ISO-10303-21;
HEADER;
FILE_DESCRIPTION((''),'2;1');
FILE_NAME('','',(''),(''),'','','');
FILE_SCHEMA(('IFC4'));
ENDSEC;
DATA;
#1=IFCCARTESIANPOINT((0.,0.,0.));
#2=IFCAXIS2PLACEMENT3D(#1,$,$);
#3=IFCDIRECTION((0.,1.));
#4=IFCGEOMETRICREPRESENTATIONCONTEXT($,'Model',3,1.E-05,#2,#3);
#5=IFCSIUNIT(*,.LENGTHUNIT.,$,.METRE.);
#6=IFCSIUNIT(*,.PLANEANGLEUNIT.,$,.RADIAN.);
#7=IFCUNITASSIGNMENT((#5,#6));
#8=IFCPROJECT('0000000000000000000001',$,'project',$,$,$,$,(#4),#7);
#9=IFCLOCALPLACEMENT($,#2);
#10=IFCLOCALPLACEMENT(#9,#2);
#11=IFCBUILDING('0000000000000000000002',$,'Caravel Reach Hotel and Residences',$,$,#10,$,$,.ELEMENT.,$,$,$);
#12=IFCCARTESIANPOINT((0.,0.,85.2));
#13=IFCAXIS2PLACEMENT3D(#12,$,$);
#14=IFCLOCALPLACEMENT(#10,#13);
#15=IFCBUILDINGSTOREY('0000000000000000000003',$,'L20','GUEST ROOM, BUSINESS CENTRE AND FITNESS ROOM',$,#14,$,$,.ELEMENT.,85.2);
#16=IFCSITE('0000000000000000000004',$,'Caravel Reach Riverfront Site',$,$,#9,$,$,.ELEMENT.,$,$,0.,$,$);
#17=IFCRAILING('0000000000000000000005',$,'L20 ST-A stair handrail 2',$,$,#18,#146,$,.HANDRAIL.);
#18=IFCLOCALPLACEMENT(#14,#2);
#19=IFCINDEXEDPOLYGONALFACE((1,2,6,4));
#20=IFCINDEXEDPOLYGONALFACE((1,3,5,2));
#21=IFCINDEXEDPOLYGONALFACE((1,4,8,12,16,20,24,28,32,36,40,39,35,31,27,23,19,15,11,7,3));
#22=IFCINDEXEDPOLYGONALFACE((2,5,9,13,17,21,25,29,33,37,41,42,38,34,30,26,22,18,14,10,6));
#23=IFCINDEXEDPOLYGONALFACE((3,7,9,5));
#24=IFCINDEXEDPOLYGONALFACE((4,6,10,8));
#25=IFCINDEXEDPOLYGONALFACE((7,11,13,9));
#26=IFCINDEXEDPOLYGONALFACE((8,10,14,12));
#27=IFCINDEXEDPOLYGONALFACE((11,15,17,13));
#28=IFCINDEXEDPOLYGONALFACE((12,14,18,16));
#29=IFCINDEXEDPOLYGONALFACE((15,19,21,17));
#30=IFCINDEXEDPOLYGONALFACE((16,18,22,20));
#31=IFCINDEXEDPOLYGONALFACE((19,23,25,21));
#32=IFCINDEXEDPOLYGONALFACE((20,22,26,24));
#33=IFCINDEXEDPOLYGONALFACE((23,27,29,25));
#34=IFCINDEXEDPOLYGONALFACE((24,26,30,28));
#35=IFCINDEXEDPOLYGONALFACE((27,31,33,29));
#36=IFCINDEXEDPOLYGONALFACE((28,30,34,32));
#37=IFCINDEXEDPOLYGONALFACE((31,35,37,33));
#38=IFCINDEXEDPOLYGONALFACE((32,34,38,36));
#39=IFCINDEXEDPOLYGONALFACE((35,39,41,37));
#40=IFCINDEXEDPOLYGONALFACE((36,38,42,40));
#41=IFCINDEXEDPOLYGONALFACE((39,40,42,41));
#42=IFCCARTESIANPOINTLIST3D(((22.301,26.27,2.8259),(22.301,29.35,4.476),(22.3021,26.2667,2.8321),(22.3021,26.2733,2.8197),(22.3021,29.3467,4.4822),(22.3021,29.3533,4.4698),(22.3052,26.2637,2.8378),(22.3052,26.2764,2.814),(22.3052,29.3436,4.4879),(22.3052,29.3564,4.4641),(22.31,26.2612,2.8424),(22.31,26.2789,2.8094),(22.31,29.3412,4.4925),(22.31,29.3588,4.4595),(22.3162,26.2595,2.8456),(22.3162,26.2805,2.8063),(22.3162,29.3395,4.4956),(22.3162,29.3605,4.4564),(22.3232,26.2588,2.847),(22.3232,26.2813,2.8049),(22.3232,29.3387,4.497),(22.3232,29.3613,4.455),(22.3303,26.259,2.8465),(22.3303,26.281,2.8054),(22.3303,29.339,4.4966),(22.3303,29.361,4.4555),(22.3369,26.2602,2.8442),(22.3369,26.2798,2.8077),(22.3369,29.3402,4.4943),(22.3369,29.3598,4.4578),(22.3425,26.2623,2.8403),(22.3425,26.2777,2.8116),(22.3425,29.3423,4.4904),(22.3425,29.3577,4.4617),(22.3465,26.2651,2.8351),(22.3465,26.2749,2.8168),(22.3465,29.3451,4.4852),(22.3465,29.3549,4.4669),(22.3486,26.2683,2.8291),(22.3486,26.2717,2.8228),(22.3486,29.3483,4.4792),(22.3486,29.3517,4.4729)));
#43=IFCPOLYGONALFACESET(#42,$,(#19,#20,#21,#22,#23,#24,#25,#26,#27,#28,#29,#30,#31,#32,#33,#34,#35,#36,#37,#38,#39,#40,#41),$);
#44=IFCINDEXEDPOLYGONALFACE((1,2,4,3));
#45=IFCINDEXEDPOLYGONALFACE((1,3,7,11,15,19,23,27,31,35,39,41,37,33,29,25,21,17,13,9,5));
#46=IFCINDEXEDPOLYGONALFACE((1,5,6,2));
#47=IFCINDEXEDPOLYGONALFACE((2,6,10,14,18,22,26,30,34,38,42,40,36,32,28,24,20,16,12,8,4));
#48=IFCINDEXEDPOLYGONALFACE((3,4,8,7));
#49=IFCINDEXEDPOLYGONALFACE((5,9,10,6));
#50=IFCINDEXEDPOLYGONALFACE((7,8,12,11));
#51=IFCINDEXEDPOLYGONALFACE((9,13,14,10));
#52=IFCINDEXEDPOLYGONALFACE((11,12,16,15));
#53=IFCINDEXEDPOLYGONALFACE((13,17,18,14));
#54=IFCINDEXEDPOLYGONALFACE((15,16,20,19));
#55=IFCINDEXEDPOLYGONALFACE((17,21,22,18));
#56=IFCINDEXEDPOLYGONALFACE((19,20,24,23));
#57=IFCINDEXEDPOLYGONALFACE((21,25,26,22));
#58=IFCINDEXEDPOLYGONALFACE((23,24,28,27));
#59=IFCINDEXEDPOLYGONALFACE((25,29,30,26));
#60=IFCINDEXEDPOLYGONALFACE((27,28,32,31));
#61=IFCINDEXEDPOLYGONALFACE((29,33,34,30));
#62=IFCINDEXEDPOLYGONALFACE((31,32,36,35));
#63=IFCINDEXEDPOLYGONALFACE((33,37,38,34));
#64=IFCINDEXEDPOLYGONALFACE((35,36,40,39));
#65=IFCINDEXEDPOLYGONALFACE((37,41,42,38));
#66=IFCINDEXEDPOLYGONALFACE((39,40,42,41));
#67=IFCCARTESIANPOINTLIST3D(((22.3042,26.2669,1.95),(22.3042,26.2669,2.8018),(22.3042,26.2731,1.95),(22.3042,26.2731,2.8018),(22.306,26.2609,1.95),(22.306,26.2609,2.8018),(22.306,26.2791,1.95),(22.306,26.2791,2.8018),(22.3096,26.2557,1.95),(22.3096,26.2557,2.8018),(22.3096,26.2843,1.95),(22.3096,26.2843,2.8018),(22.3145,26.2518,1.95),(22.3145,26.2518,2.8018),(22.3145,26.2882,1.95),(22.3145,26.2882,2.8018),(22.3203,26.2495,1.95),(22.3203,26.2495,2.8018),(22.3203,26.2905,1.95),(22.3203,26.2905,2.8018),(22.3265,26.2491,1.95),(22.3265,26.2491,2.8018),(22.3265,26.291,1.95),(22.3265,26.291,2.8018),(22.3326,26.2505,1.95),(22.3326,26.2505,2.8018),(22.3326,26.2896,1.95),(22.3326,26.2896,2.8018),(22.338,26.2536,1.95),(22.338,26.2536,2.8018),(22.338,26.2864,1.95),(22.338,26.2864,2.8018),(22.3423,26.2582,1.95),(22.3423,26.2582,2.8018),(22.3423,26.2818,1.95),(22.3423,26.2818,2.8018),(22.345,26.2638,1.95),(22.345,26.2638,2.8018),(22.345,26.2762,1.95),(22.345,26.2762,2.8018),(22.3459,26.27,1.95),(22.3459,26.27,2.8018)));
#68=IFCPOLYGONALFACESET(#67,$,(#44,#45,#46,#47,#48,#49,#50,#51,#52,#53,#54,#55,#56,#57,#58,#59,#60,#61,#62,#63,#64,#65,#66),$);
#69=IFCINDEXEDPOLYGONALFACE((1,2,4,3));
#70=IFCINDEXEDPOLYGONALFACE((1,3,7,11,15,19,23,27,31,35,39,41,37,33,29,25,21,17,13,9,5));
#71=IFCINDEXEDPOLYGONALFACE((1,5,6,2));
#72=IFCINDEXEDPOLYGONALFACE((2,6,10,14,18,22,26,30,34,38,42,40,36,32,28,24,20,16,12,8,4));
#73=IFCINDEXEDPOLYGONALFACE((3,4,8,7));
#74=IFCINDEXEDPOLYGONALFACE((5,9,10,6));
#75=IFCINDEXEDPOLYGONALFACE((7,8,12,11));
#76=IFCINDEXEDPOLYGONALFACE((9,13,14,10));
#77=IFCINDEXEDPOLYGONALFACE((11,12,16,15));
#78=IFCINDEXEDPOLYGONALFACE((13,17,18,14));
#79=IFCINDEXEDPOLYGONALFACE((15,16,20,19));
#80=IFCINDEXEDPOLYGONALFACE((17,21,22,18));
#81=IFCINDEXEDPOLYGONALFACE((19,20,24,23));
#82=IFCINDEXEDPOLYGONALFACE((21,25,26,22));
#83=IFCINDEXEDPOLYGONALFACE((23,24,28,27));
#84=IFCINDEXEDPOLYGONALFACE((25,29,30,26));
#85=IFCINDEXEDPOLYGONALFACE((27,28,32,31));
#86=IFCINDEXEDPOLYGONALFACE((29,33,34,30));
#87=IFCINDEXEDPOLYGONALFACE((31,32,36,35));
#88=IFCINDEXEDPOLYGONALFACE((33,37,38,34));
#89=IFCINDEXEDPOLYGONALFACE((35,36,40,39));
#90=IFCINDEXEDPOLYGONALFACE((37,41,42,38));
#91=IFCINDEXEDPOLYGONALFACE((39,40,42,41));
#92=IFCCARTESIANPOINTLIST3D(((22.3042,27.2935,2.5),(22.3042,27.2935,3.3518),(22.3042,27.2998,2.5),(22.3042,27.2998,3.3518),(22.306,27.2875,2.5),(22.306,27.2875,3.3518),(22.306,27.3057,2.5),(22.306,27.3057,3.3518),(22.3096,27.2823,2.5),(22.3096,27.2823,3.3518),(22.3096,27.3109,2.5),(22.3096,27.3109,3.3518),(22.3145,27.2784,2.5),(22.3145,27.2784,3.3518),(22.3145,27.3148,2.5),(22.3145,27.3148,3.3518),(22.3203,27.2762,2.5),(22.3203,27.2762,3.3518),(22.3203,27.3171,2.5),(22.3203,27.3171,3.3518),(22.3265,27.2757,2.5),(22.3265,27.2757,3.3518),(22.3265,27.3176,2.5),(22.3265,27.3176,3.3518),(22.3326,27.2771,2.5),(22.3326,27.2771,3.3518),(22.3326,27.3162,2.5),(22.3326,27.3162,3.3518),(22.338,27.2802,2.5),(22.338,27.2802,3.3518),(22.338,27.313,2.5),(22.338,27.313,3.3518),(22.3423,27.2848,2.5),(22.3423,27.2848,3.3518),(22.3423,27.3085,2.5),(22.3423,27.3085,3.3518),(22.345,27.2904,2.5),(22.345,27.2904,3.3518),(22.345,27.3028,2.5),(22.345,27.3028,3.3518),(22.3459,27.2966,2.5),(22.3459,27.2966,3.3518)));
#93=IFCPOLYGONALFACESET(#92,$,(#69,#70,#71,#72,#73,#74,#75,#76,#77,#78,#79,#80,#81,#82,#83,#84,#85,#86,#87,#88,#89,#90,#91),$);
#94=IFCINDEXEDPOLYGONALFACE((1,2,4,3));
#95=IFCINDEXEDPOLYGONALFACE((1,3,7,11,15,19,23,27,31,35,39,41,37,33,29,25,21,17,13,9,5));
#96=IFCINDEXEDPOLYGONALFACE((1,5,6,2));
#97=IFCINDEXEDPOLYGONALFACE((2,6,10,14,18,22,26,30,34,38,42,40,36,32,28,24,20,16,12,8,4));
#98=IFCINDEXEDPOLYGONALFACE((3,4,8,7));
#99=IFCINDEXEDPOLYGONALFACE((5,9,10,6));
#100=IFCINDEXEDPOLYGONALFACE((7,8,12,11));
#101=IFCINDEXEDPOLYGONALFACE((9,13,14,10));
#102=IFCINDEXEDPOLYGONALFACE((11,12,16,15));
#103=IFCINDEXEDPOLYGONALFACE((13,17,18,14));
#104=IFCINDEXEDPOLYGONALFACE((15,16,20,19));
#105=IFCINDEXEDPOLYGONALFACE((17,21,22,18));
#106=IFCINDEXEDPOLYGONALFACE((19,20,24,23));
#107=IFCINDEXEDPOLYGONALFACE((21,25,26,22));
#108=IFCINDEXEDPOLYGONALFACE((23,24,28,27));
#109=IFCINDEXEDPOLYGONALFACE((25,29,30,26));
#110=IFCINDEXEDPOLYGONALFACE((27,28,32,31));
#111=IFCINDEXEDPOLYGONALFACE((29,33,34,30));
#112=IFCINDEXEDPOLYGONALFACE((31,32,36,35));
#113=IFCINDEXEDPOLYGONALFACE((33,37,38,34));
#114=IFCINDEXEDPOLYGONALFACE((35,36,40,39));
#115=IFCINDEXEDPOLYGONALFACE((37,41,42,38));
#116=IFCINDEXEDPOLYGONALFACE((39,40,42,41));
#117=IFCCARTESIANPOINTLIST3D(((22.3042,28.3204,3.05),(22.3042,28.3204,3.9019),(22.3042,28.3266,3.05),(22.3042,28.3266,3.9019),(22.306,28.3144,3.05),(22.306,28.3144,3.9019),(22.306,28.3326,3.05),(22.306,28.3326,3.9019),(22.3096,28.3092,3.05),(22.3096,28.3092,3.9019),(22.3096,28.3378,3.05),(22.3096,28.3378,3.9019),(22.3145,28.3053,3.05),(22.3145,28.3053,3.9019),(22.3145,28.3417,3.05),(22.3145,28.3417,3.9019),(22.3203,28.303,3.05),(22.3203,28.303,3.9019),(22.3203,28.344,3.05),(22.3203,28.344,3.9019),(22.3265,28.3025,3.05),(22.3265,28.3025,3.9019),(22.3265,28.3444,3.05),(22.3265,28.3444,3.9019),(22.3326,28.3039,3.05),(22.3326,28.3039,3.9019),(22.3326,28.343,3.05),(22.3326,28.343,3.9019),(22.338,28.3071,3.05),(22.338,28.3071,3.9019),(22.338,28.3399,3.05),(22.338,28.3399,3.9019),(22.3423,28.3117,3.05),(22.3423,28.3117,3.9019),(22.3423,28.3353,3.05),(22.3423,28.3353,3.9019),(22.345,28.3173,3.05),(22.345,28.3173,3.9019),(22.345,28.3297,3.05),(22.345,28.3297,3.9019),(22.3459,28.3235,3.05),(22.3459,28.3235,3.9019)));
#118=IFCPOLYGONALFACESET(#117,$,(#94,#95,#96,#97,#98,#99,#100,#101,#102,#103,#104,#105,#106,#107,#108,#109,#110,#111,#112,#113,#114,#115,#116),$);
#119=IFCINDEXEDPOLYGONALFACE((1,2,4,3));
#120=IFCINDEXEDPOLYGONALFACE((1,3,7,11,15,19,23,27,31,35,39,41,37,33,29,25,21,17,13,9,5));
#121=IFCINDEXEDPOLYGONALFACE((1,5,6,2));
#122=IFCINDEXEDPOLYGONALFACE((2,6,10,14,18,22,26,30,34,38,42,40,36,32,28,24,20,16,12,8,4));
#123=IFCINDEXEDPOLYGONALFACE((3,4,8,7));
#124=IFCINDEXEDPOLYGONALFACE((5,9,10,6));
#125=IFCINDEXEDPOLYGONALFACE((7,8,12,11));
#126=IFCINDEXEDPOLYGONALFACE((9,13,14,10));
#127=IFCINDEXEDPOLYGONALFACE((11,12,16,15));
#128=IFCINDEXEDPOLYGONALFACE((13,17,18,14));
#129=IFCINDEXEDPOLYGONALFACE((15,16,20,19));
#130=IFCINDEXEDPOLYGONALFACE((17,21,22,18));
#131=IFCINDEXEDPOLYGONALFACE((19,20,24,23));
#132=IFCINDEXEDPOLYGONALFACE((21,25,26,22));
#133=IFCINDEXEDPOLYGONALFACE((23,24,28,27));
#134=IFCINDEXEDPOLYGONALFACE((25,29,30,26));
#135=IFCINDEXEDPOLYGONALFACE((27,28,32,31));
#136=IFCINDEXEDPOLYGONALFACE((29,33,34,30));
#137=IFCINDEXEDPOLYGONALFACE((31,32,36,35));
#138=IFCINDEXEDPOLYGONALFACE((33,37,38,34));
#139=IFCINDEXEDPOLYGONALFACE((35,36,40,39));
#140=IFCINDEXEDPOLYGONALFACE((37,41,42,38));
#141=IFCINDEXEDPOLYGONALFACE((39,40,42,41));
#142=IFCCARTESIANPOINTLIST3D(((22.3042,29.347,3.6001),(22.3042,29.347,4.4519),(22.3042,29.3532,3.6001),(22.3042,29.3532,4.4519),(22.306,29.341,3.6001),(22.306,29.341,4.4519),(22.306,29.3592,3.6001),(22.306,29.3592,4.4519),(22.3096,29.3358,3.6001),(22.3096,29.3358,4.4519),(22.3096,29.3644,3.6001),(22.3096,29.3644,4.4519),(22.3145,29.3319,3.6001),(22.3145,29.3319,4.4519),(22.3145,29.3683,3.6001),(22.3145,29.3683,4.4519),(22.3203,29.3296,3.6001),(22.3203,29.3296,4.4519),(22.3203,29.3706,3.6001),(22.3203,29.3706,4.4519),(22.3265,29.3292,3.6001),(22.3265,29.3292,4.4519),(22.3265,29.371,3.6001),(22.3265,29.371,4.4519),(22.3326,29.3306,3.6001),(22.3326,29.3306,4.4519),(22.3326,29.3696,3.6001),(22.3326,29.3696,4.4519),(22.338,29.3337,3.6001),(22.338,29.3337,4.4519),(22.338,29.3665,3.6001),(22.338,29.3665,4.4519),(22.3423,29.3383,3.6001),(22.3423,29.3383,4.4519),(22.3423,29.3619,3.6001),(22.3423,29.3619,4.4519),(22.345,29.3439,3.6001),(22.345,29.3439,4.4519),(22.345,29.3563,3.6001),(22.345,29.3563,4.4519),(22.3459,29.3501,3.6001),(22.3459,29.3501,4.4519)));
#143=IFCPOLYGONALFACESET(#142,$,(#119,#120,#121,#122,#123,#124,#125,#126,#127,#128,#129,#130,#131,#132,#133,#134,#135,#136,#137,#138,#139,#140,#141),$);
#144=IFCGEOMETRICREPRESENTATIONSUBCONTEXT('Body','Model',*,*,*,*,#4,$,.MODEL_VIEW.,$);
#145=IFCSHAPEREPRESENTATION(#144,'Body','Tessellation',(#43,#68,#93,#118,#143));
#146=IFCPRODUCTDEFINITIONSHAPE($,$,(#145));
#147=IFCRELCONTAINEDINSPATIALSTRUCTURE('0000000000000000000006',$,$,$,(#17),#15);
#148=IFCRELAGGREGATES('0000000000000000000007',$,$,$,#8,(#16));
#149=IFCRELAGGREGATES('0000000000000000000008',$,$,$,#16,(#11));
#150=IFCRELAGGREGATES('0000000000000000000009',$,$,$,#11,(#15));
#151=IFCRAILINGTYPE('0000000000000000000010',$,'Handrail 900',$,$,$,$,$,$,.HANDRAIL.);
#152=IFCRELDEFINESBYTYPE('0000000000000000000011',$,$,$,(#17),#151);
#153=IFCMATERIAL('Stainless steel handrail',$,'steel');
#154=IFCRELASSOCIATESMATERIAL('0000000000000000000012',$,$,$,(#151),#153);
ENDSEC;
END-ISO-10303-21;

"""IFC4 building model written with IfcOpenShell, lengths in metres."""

from ifc_helpers import new_model, si_unit, direction, frame, origin, origin_2d, place, context, subcontext, project, spatial, circle, extrude, material, type_object, element, save


model = new_model("IFC4")

# Units and contexts
model_context = context("Model", 3, precision=1e-05, world=origin(), true_north=direction((0.0, 1.0)))
body_context = subcontext(model_context, "Body", "Model", "MODEL_VIEW")
ifc_project = project(units=[si_unit("LENGTHUNIT", "METRE"), si_unit("PLANEANGLEUNIT", "RADIAN")], contexts=[model_context])

# Site, building, storey
site_placement = place(None, origin())
site = spatial("IfcSite", under=ifc_project, at=site_placement, Name="Caravel Reach Riverfront Site", CompositionType="ELEMENT", RefElevation=0.0)
building_placement = place(site_placement, origin())
building = spatial("IfcBuilding", under=site, at=building_placement, Name="Caravel Reach Hotel and Residences", CompositionType="ELEMENT")
storey_placement = place(building_placement, frame((0.0, 0.0, 85.2)))
storey = spatial("IfcBuildingStorey", under=building, at=storey_placement, Name="L20", Description="GUEST ROOM, BUSINESS CENTRE AND FITNESS ROOM", CompositionType="ELEMENT", Elevation=85.2)

# Railing
ifc_material_1 = material(Name="Stainless steel handrail", Category="steel")
railing_type_1 = type_object("IfcRailingType", Name="Handrail 900", PredefinedType="HANDRAIL", material=ifc_material_1)
railing_1_placement = place(storey_placement, frame((22.325, 26.27, 1.95)))
element("IfcRailing", 1, at=railing_1_placement, inside=storey, type_object=railing_type_1, Name="L20 ST-A stair handrail 2", PredefinedType="HANDRAIL", context=body_context, shape_type="SweptSolid", body=[
    extrude(circle(Radius=0.0239, at=origin_2d()), frame((0.0, 0.0, 0.876), z_axis=(0.0, 0.881468, 0.472245), x_axis=(-1.0, 0.0, 0.0)), (0.0, 0.0, 1.0), 3.4941),
    extrude(circle(Radius=0.021, at=origin_2d()), origin(), (0.0, 0.0, 1.0), 0.8518),
    extrude(circle(Radius=0.021, at=origin_2d()), frame((0.0, 1.0266, 0.55)), (0.0, 0.0, 1.0), 0.8518),
    extrude(circle(Radius=0.021, at=origin_2d()), frame((0.0, 2.0535, 1.1001)), (0.0, 0.0, 1.0), 0.8518),
    extrude(circle(Radius=0.021, at=origin_2d()), frame((0.0, 3.0801, 1.6501)), (0.0, 0.0, 1.0), 0.8518),
])

save(model, "model.ifc")
